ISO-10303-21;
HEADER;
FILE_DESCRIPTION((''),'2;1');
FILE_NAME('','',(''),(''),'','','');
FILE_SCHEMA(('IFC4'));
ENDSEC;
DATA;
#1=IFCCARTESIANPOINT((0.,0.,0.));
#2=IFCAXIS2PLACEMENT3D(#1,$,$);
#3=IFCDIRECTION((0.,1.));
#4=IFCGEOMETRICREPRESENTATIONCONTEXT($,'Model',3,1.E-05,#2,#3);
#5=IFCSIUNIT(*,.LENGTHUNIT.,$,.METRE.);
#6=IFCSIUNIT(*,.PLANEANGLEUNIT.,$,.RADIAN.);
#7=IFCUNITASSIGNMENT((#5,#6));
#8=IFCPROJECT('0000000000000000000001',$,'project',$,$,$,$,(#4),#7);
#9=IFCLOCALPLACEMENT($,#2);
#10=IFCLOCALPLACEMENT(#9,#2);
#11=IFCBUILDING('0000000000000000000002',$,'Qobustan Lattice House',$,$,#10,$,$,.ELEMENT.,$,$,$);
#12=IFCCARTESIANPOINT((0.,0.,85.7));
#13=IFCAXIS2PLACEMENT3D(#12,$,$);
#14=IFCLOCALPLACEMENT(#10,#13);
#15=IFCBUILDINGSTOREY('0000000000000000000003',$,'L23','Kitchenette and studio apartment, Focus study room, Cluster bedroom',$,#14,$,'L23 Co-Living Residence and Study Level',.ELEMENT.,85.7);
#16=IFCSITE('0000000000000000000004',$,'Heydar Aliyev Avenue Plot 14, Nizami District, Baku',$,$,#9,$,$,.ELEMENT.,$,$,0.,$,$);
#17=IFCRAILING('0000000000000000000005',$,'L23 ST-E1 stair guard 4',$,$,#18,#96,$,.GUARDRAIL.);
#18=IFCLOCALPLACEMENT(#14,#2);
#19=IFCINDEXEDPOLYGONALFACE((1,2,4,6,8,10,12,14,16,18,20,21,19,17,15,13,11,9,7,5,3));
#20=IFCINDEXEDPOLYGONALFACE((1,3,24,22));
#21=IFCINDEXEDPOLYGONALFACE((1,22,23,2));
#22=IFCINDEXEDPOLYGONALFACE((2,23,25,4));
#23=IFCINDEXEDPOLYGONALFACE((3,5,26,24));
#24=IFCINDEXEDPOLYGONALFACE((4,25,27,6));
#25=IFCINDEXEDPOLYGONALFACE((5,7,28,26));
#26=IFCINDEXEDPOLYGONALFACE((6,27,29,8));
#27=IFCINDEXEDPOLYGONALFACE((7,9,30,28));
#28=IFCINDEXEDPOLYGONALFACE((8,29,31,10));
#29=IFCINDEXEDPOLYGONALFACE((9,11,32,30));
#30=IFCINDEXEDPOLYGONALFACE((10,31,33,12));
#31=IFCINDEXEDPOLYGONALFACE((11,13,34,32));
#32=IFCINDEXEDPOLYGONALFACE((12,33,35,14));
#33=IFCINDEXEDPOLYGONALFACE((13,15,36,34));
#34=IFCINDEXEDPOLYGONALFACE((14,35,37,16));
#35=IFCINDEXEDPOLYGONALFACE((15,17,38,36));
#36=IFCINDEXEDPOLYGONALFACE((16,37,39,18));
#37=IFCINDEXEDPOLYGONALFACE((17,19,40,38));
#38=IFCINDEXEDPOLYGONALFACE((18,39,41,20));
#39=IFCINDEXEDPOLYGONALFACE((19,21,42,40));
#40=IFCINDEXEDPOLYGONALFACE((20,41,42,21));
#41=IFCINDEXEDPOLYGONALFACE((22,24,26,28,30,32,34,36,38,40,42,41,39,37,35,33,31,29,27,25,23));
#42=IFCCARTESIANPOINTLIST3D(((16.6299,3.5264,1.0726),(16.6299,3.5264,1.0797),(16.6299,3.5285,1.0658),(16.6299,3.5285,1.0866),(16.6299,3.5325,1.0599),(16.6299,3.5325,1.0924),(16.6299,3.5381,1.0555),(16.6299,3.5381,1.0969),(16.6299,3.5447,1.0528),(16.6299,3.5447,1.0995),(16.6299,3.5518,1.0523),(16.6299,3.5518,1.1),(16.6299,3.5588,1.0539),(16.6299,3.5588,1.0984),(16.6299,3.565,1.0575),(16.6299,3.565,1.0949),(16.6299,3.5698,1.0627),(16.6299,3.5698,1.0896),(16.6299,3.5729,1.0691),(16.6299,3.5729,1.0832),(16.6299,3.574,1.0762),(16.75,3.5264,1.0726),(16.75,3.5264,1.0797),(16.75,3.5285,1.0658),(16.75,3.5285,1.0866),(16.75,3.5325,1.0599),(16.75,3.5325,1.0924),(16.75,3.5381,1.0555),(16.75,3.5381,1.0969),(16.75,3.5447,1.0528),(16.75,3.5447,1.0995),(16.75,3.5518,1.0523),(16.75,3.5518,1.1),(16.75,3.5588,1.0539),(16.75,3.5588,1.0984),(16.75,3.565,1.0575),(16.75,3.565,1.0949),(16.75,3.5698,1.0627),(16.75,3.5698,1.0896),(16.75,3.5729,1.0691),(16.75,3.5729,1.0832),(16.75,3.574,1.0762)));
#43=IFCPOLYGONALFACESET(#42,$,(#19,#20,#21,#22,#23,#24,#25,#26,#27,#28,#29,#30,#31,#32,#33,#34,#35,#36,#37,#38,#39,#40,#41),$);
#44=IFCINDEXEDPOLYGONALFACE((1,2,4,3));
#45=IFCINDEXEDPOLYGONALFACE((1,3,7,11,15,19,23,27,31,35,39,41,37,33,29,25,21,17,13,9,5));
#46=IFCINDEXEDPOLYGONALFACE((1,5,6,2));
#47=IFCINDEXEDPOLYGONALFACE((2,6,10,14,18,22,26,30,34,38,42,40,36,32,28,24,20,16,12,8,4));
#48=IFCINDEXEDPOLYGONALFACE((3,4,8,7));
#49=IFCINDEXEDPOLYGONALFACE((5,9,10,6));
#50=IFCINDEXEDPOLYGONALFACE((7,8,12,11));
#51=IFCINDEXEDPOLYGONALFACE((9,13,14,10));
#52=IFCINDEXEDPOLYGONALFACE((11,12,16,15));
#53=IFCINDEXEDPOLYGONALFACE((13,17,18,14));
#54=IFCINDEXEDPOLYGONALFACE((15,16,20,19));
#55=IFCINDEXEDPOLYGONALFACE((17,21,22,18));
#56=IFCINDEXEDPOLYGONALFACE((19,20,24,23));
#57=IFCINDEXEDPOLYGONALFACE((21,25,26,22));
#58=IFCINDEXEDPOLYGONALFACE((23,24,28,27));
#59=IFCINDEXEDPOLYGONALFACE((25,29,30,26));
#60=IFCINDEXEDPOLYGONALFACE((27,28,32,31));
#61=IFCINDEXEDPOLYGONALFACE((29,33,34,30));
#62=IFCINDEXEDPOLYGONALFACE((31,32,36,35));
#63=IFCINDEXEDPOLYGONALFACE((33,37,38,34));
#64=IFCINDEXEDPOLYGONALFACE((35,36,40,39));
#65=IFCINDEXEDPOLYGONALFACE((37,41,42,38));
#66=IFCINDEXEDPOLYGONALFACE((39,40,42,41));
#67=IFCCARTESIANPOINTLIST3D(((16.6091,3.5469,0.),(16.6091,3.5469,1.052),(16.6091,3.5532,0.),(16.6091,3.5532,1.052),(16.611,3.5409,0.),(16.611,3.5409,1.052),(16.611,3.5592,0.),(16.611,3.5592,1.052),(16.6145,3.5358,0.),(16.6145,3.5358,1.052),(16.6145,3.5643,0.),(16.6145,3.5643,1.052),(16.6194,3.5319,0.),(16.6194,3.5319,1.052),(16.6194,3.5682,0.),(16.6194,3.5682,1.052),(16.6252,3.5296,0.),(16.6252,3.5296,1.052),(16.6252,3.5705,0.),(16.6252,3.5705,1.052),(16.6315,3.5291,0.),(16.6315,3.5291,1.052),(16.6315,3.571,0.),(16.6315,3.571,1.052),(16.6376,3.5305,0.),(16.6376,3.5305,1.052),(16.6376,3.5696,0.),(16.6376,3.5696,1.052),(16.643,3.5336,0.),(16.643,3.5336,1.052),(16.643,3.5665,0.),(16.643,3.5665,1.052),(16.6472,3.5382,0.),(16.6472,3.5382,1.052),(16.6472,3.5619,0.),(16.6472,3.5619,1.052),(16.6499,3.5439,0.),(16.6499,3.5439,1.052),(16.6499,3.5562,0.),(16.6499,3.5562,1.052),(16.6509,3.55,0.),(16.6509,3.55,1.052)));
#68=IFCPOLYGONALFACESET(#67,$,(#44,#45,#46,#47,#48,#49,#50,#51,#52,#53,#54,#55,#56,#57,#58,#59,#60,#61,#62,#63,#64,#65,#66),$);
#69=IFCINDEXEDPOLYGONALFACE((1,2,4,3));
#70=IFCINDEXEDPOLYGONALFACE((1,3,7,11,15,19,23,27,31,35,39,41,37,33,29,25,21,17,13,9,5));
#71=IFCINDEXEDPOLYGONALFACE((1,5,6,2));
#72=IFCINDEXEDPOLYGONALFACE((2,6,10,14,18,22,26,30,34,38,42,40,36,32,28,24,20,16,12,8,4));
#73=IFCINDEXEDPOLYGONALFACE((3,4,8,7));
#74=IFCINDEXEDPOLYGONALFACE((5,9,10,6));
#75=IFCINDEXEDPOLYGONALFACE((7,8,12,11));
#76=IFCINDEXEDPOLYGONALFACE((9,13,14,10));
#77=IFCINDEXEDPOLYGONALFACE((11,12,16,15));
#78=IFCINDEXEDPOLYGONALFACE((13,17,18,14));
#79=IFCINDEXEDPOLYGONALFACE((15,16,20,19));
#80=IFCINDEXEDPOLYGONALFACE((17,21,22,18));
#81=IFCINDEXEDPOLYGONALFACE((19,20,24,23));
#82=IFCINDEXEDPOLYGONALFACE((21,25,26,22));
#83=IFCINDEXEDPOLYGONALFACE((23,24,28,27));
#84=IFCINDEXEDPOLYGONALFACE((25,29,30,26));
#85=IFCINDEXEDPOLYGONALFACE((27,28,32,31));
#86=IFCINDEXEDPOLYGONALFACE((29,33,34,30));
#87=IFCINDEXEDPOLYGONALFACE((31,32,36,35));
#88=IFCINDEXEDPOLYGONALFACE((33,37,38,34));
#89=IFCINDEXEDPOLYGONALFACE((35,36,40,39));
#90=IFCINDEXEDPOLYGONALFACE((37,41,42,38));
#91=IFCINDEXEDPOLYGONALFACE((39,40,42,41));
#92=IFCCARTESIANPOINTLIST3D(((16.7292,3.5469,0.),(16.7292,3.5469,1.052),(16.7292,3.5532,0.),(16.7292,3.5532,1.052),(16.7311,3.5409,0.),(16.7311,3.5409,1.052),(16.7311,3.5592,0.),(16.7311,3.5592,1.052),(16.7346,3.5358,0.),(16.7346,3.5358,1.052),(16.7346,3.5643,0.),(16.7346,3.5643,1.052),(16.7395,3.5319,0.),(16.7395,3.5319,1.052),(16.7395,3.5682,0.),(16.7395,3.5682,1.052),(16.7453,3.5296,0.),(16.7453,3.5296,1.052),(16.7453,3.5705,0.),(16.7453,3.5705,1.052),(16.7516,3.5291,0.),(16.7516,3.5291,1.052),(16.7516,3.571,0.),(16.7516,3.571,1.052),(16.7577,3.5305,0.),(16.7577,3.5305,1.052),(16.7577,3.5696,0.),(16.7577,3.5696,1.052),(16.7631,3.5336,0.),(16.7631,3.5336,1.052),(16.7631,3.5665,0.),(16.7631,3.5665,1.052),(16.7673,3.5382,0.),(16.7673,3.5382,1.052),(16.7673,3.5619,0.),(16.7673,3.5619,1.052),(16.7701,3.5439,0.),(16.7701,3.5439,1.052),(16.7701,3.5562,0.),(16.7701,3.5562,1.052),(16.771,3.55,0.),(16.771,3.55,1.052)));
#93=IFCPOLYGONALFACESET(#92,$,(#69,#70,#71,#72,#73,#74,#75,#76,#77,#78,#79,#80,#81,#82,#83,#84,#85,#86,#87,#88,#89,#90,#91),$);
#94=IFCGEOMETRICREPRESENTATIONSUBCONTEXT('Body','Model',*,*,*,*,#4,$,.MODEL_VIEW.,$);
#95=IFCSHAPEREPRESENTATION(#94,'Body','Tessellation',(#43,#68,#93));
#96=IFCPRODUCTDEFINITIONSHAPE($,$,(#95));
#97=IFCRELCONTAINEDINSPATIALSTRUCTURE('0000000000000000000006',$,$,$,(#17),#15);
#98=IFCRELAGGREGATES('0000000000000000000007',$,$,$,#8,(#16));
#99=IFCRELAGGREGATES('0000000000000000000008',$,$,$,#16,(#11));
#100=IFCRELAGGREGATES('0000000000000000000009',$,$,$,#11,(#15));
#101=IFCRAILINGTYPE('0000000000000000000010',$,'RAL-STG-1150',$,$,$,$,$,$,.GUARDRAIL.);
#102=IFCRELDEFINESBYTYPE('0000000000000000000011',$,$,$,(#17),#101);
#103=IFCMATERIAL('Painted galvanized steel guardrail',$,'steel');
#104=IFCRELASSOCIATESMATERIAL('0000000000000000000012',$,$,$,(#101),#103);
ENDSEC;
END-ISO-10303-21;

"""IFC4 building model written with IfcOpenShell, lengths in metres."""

from ifc_helpers import new_model, si_unit, direction, frame, origin, origin_2d, place, context, subcontext, project, spatial, circle, extrude, material, type_object, element, save


model = new_model("IFC4")

# Units and contexts
model_context = context("Model", 3, precision=1e-05, world=origin(), true_north=direction((0.0, 1.0)))
body_context = subcontext(model_context, "Body", "Model", "MODEL_VIEW")
ifc_project = project(units=[si_unit("LENGTHUNIT", "METRE"), si_unit("PLANEANGLEUNIT", "RADIAN")], contexts=[model_context])

# Site, building, storey
site_placement = place(None, origin())
site = spatial("IfcSite", under=ifc_project, at=site_placement, Name="Heydar Aliyev Avenue Plot 14, Nizami District, Baku", CompositionType="ELEMENT", RefElevation=0.0)
building_placement = place(site_placement, origin())
building = spatial("IfcBuilding", under=site, at=building_placement, Name="Qobustan Lattice House", CompositionType="ELEMENT")
storey_placement = place(building_placement, frame((0.0, 0.0, 85.7)))
storey = spatial("IfcBuildingStorey", under=building, at=storey_placement, Name="L23", Description="Kitchenette and studio apartment, Focus study room, Cluster bedroom", LongName="L23 Co-Living Residence and Study Level", CompositionType="ELEMENT", Elevation=85.7)

# Railing
ifc_material_1 = material(Name="Painted galvanized steel guardrail", Category="steel")
railing_type_1 = type_object("IfcRailingType", Name="RAL-STG-1150", PredefinedType="GUARDRAIL", material=ifc_material_1)
railing_1_placement = place(storey_placement, frame((16.6299, 3.55, 0.0)))
element("IfcRailing", 1, at=railing_1_placement, inside=storey, type_object=railing_type_1, Name="L23 ST-E1 stair guard 4", PredefinedType="GUARDRAIL", context=body_context, shape_type="SweptSolid", body=[
    extrude(circle(Radius=0.0239, at=origin_2d()), frame((0.0, 0.0, 1.0762), z_axis=(1.0, 0.0, 0.0), x_axis=(0.0, 1.0, 0.0)), (0.0, 0.0, 1.0), 0.1201),
    extrude(circle(Radius=0.021, at=origin_2d()), origin(), (0.0, 0.0, 1.0), 1.052),
    extrude(circle(Radius=0.021, at=origin_2d()), frame((0.1201, 0.0, 0.0)), (0.0, 0.0, 1.0), 1.052),
])

save(model, "model.ifc")
